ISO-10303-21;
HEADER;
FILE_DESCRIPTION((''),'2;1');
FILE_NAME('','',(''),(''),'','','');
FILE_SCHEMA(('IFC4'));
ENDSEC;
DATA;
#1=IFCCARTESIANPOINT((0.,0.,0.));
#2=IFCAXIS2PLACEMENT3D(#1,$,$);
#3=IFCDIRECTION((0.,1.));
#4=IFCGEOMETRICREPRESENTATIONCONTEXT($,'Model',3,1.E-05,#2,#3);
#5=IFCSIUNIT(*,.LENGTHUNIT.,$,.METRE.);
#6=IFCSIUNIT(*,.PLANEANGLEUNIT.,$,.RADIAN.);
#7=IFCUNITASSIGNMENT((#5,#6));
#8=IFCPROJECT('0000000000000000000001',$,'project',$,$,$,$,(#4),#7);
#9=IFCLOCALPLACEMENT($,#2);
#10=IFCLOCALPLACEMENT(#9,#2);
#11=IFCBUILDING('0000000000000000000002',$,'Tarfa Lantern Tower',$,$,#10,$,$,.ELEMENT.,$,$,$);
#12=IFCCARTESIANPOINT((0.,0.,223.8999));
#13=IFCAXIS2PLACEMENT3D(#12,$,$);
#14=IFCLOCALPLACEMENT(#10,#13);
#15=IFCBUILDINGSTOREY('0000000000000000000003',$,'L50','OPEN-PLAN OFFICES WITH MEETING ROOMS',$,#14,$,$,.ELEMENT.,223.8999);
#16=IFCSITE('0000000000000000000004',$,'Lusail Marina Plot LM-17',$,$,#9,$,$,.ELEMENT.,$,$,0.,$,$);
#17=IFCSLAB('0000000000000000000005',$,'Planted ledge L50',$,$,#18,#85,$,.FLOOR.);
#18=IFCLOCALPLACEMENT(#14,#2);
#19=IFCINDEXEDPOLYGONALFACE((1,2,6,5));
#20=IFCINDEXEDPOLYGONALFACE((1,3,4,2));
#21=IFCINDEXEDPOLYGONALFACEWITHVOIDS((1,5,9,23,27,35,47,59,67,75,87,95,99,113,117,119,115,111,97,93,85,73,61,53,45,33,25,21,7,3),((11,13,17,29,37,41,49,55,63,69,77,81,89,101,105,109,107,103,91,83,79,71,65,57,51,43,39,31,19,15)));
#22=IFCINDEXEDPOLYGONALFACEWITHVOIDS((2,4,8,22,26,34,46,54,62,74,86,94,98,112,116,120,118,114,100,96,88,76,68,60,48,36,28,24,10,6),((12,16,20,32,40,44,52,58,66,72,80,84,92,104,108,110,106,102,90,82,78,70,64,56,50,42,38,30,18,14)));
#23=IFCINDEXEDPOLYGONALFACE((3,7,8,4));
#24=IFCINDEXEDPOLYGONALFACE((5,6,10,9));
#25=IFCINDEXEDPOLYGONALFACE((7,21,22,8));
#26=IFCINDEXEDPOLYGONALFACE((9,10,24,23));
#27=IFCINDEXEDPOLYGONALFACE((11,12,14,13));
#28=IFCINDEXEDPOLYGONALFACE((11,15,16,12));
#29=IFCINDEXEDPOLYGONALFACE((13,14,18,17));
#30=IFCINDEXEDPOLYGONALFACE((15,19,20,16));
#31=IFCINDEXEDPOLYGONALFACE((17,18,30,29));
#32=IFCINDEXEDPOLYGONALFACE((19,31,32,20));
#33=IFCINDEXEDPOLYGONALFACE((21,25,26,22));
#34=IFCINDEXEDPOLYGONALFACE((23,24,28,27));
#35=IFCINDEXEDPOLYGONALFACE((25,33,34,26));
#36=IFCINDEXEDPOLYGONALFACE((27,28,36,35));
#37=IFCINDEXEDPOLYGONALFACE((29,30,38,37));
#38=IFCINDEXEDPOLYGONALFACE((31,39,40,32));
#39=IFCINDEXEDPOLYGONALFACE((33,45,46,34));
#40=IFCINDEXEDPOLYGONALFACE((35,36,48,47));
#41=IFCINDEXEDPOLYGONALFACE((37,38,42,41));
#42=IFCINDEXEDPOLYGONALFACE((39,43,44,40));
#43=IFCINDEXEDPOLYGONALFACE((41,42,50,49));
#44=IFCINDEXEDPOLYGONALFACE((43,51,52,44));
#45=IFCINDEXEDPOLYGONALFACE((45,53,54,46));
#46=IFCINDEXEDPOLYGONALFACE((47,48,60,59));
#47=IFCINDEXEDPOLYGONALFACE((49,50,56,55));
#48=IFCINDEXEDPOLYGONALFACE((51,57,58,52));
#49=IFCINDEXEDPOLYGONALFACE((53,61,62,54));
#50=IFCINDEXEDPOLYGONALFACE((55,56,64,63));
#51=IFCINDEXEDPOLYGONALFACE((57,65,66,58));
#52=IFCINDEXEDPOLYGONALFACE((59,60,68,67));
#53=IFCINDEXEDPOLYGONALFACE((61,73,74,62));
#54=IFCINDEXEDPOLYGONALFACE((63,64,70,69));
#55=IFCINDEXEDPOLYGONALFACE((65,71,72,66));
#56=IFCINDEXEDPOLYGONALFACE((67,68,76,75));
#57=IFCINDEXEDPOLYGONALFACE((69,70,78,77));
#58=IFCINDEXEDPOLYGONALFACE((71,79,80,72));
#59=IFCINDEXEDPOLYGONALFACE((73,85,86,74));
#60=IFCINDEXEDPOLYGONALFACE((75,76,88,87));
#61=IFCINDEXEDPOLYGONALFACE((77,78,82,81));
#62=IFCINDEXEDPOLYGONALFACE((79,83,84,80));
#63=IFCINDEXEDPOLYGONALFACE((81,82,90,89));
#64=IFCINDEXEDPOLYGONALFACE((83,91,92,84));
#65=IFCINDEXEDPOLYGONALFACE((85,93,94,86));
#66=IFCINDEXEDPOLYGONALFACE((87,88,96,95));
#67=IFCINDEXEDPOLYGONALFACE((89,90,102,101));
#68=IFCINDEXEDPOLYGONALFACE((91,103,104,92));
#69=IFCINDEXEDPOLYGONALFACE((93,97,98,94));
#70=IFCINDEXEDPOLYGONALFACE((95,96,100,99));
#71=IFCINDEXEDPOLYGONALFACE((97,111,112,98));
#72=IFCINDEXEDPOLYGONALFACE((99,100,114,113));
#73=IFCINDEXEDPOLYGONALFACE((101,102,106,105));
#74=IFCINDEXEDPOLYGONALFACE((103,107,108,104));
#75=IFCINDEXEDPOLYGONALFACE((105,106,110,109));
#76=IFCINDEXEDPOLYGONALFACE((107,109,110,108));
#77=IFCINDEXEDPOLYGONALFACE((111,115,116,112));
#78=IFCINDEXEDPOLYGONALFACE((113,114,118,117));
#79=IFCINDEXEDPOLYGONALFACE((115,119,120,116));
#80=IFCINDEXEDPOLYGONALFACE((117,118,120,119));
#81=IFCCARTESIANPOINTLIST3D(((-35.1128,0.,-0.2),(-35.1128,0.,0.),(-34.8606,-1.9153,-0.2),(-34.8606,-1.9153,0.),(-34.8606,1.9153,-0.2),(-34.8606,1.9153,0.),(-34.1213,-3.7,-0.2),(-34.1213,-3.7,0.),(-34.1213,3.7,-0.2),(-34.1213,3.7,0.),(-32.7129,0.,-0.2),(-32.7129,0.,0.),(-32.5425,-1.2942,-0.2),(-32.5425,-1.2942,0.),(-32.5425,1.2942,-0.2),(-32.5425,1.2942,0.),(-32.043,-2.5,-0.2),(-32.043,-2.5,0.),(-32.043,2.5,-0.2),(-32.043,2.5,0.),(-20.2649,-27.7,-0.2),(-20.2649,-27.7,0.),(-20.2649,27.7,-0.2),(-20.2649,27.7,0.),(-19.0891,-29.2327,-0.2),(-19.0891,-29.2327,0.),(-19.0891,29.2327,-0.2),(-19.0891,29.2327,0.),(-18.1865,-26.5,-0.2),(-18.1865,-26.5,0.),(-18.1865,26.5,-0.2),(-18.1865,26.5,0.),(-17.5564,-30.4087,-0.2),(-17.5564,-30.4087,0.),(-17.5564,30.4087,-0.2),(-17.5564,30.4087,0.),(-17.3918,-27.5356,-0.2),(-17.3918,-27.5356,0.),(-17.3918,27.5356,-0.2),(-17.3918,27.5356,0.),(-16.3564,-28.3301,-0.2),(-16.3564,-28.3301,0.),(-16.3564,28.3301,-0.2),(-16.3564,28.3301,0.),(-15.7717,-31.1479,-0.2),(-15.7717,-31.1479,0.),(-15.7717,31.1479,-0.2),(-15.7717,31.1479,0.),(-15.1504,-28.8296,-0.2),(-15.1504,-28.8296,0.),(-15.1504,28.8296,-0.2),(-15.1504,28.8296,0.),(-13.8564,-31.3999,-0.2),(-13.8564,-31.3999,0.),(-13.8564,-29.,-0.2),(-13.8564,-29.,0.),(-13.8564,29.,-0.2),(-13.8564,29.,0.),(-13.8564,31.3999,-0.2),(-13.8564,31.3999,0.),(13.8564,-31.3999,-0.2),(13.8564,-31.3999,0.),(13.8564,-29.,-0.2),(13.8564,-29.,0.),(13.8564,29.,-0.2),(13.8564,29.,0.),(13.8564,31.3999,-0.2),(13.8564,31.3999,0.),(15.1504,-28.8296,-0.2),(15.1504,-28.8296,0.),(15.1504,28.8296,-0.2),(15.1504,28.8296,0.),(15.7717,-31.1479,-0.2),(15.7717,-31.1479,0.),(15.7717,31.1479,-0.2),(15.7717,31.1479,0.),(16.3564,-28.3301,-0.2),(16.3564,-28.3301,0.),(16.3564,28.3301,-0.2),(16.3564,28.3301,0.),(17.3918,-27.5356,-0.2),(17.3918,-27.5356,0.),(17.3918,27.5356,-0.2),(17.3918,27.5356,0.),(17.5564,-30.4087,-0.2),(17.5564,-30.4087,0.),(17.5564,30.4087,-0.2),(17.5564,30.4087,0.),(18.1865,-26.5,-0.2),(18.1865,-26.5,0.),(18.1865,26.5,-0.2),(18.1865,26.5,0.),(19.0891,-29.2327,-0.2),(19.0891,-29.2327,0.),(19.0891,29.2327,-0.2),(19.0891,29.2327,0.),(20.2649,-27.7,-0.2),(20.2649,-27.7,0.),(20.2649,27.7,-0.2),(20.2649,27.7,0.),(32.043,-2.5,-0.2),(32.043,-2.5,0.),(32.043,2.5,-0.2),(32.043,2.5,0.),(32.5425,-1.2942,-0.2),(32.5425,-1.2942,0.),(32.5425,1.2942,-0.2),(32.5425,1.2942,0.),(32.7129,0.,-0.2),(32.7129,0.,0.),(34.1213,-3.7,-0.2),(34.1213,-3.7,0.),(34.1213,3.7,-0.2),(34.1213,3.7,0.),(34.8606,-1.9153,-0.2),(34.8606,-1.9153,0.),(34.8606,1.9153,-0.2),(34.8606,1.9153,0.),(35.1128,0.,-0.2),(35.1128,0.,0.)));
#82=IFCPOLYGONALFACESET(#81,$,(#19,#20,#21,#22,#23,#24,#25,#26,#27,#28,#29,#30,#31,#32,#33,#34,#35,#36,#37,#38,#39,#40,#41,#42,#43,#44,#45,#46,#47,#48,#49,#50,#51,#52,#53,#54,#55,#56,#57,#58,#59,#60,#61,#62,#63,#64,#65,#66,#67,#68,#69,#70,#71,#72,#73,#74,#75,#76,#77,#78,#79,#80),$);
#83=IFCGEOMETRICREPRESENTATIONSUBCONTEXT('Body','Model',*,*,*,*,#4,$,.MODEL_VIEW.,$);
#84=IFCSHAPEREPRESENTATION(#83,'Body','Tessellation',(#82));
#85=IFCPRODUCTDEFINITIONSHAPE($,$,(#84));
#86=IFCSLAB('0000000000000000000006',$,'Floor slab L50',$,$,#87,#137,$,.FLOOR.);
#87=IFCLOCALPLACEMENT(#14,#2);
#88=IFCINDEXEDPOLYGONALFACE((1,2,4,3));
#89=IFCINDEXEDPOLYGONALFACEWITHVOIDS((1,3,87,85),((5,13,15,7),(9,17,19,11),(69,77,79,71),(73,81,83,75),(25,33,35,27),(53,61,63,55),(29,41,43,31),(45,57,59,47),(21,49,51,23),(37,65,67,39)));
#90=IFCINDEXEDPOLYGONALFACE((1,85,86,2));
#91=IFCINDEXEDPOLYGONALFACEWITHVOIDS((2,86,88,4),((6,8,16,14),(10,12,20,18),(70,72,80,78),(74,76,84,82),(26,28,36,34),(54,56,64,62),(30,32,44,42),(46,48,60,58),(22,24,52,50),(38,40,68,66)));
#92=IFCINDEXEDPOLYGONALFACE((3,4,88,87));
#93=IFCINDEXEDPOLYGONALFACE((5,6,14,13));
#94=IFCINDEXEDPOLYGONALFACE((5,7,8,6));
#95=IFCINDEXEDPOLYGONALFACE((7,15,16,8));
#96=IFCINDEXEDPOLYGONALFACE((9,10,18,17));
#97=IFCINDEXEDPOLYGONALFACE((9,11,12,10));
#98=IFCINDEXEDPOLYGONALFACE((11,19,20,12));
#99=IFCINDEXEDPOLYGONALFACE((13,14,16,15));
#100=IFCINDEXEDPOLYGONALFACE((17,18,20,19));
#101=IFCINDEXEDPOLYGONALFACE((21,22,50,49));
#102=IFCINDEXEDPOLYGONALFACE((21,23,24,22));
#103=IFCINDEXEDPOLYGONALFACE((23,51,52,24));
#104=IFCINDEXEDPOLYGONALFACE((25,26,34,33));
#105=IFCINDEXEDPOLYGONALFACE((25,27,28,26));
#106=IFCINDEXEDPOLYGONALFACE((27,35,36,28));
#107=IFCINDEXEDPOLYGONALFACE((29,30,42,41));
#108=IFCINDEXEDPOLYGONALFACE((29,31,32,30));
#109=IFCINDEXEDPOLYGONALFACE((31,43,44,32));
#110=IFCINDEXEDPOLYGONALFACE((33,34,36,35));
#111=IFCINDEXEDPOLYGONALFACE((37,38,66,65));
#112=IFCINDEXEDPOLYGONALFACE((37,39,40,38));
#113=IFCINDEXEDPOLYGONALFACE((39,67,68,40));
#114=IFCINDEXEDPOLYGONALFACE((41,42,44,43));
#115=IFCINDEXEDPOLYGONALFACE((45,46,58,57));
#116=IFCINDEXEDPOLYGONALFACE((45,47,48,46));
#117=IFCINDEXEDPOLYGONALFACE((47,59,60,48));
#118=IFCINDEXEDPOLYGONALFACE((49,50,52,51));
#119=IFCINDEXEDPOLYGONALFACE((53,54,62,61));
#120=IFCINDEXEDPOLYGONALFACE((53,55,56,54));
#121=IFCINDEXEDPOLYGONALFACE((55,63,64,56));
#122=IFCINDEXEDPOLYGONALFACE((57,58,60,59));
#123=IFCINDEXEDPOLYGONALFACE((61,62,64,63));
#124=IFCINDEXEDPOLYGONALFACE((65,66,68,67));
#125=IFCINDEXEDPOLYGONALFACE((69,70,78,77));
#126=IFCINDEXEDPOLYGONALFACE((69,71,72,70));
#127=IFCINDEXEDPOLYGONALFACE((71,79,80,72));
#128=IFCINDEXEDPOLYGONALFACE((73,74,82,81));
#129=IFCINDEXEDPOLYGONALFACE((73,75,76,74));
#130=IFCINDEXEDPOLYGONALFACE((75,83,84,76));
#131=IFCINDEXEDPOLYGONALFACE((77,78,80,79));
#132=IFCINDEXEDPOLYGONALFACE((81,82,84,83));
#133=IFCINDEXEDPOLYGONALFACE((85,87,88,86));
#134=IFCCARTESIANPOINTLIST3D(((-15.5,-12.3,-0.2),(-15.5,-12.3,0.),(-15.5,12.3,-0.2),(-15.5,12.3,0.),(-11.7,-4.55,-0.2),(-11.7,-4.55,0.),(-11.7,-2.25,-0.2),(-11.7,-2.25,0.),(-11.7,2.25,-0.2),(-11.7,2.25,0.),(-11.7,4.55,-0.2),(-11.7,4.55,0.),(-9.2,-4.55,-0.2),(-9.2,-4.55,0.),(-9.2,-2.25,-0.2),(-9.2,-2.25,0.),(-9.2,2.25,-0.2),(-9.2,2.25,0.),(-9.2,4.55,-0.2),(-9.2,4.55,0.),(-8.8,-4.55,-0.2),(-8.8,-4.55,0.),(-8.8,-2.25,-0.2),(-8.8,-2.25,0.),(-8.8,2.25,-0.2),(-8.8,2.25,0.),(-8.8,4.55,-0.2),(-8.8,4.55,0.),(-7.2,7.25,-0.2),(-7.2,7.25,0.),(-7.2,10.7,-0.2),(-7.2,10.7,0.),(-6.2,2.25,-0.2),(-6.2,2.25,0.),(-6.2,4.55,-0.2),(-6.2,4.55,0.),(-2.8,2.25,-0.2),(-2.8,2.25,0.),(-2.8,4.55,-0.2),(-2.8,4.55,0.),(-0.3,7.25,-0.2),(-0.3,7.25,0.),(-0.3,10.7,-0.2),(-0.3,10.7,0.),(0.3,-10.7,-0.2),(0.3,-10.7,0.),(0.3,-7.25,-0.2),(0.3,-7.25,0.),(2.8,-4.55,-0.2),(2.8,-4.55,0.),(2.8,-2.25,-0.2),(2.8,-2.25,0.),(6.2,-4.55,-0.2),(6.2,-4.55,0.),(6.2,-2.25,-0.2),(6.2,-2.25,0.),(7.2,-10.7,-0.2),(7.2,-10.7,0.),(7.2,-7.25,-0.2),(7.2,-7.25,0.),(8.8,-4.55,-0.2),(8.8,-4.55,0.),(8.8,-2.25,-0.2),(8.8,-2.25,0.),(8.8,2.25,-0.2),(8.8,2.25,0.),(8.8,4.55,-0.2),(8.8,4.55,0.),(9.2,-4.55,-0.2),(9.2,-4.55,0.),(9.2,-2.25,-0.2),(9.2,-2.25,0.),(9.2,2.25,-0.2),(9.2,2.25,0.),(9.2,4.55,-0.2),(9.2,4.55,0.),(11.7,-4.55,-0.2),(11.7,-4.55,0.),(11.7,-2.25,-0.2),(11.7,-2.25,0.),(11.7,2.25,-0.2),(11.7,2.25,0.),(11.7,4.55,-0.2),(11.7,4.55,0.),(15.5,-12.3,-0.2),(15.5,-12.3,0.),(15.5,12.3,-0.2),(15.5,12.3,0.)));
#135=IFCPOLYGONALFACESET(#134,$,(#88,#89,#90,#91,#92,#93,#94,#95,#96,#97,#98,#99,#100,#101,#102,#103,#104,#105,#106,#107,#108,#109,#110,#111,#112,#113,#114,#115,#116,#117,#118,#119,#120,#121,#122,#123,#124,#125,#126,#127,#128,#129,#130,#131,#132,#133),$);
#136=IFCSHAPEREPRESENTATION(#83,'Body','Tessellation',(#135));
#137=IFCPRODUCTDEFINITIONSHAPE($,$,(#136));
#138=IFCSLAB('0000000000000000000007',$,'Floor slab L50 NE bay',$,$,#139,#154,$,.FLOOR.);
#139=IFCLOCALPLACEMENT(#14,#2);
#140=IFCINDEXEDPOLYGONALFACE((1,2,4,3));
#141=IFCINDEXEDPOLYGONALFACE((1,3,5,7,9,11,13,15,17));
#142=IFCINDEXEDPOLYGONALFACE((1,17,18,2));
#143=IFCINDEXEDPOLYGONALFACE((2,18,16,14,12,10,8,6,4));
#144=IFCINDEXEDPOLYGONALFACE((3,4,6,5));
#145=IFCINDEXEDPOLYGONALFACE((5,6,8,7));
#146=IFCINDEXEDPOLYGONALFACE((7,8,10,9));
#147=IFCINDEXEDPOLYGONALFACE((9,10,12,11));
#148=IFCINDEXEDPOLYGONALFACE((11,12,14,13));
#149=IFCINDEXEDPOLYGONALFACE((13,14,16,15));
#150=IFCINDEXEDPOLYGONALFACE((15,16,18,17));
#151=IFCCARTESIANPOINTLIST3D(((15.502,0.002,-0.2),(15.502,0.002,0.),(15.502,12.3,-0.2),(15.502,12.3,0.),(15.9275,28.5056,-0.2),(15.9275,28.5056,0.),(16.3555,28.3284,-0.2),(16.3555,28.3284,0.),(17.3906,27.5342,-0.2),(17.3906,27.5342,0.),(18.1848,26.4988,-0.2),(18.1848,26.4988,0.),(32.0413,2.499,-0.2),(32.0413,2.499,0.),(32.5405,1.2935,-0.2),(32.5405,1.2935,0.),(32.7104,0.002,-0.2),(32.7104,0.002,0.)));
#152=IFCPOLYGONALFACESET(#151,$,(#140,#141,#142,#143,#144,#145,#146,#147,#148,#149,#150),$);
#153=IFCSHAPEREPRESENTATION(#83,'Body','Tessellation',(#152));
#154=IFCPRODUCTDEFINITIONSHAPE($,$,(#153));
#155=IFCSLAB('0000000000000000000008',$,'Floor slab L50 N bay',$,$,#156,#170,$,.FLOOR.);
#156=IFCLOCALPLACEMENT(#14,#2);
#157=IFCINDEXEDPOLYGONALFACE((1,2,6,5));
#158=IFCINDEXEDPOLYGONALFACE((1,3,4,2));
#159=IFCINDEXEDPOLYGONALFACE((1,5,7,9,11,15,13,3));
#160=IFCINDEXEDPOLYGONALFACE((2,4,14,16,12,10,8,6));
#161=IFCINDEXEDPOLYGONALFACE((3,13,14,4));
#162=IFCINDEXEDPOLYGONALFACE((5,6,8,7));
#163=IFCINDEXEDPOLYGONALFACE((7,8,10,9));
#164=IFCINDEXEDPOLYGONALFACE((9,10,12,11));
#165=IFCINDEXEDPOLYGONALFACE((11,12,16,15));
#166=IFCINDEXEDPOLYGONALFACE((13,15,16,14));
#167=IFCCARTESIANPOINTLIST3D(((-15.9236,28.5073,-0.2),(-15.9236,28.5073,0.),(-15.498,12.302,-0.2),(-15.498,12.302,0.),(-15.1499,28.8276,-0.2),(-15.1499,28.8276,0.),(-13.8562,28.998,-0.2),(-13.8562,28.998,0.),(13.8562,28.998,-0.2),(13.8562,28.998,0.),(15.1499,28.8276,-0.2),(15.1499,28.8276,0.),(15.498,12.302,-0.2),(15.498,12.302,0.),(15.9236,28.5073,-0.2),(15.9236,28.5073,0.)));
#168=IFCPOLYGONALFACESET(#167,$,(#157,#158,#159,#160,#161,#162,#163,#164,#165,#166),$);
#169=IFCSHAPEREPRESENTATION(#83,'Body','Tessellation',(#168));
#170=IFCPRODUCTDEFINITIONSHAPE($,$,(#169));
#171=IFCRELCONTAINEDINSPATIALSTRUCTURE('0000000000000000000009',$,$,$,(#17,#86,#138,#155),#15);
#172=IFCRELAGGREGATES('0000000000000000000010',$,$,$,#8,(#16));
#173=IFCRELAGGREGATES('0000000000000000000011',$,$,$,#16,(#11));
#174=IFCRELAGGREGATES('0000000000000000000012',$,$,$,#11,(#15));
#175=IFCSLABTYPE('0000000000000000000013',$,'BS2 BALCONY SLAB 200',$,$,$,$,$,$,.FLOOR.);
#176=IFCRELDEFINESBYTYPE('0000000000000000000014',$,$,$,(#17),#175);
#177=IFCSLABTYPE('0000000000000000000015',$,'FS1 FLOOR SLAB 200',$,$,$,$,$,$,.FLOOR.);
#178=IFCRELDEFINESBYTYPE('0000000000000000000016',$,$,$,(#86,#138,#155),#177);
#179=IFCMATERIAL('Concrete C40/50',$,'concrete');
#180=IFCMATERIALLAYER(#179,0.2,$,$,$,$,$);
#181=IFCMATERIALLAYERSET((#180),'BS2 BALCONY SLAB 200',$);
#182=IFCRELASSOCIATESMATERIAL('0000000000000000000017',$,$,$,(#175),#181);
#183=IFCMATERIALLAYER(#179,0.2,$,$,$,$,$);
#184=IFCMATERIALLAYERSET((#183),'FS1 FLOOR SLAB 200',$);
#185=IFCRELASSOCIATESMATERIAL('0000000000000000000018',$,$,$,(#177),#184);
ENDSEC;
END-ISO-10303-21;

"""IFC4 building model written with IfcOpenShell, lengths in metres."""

from ifc_helpers import new_model, si_unit, direction, frame, origin, place, context, subcontext, project, spatial, polyline, outline, extrude, material, layer, layer_set, type_object, element, save


model = new_model("IFC4")

# Units and contexts
model_context = context("Model", 3, precision=1e-05, world=origin(), true_north=direction((0.0, 1.0)))
body_context = subcontext(model_context, "Body", "Model", "MODEL_VIEW")
ifc_project = project(units=[si_unit("LENGTHUNIT", "METRE"), si_unit("PLANEANGLEUNIT", "RADIAN")], contexts=[model_context])

# Site, building, storey
site_placement = place(None, origin())
site = spatial("IfcSite", under=ifc_project, at=site_placement, Name="Lusail Marina Plot LM-17", CompositionType="ELEMENT", RefElevation=0.0)
building_placement = place(site_placement, origin())
building = spatial("IfcBuilding", under=site, at=building_placement, Name="Tarfa Lantern Tower", CompositionType="ELEMENT")
storey_placement = place(building_placement, frame((0.0, 0.0, 223.8999)))
storey = spatial("IfcBuildingStorey", under=building, at=storey_placement, Name="L50", Description="OPEN-PLAN OFFICES WITH MEETING ROOMS", CompositionType="ELEMENT", Elevation=223.8999)

# Slabs
ifc_material_1 = material(Name="Concrete C40/50", Category="concrete")
ifc_layer_1 = layer(ifc_material_1, 0.2)
ifc_layer_set_1 = layer_set([ifc_layer_1], Name="BS2 BALCONY SLAB 200")
slab_type_1 = type_object("IfcSlabType", Name="BS2 BALCONY SLAB 200", PredefinedType="FLOOR", material=ifc_layer_set_1)
slab_1_placement = place(storey_placement, frame((0.0, 0.0, -0.2)))
element("IfcSlab", 1, at=slab_1_placement, inside=storey, type_object=slab_type_1, Name="Planted ledge L50", PredefinedType="FLOOR", context=body_context, shape_type="SweptSolid", body=[
    extrude(outline(polyline([(34.1213, 3.7), (20.2649, 27.7), (19.0891, 29.2327), (17.5564, 30.4087), (15.7717, 31.1479), (13.8564, 31.3999), (-13.8564, 31.3999), (-15.7717, 31.1479), (-17.5564, 30.4087), (-19.0891, 29.2327), (-20.2649, 27.7), (-34.1213, 3.7), (-34.8606, 1.9153), (-35.1128, 0.0), (-34.8606, -1.9153), (-34.1213, -3.7), (-20.2649, -27.7), (-19.0891, -29.2327), (-17.5564, -30.4087), (-15.7717, -31.1479), (-13.8564, -31.3999), (13.8564, -31.3999), (15.7717, -31.1479), (17.5564, -30.4087), (19.0891, -29.2327), (20.2649, -27.7), (34.1213, -3.7), (34.8606, -1.9153), (35.1128, 0.0), (34.8606, 1.9153), (34.1213, 3.7)]), holes=[polyline([(32.043, 2.5), (18.1865, 26.5), (17.3918, 27.5356), (16.3564, 28.3301), (15.1504, 28.8296), (13.8564, 29.0), (-13.8564, 29.0), (-15.1504, 28.8296), (-16.3564, 28.3301), (-17.3918, 27.5356), (-18.1865, 26.5), (-32.043, 2.5), (-32.5425, 1.2942), (-32.7129, 0.0), (-32.5425, -1.2942), (-32.043, -2.5), (-18.1865, -26.5), (-17.3918, -27.5356), (-16.3564, -28.3301), (-15.1504, -28.8296), (-13.8564, -29.0), (13.8564, -29.0), (15.1504, -28.8296), (16.3564, -28.3301), (17.3918, -27.5356), (18.1865, -26.5), (32.043, -2.5), (32.5425, -1.2942), (32.7129, 0.0), (32.5425, 1.2942), (32.043, 2.5)])]), origin(), (0.0, 0.0, 1.0), 0.2),
])
ifc_layer_2 = layer(ifc_material_1, 0.2)
ifc_layer_set_2 = layer_set([ifc_layer_2], Name="FS1 FLOOR SLAB 200")
slab_type_2 = type_object("IfcSlabType", Name="FS1 FLOOR SLAB 200", PredefinedType="FLOOR", material=ifc_layer_set_2)
slab_2_placement = place(storey_placement, frame((0.0, 0.0, -0.2)))
element("IfcSlab", 2, at=slab_2_placement, inside=storey, type_object=slab_type_2, Name="Floor slab L50", PredefinedType="FLOOR", context=body_context, shape_type="SweptSolid", body=[
    extrude(outline(polyline([(-15.5, -12.3), (15.5, -12.3), (15.5, 12.3), (-15.5, 12.3), (-15.5, -12.3)]), holes=[polyline([(-11.7, 2.25), (-9.2, 2.25), (-9.2, 4.55), (-11.7, 4.55), (-11.7, 2.25)]), polyline([(-8.8, 2.25), (-6.2, 2.25), (-6.2, 4.55), (-8.8, 4.55), (-8.8, 2.25)]), polyline([(-2.8, 2.25), (8.8, 2.25), (8.8, 4.55), (-2.8, 4.55), (-2.8, 2.25)]), polyline([(9.2, 2.25), (11.7, 2.25), (11.7, 4.55), (9.2, 4.55), (9.2, 2.25)]), polyline([(11.7, -2.25), (9.2, -2.25), (9.2, -4.55), (11.7, -4.55), (11.7, -2.25)]), polyline([(8.8, -2.25), (6.2, -2.25), (6.2, -4.55), (8.8, -4.55), (8.8, -2.25)]), polyline([(2.8, -2.25), (-8.8, -2.25), (-8.8, -4.55), (2.8, -4.55), (2.8, -2.25)]), polyline([(-9.2, -2.25), (-11.7, -2.25), (-11.7, -4.55), (-9.2, -4.55), (-9.2, -2.25)]), polyline([(-7.2, 7.25), (-0.3, 7.25), (-0.3, 10.7), (-7.2, 10.7), (-7.2, 7.25)]), polyline([(7.2, -7.25), (0.3, -7.25), (0.3, -10.7), (7.2, -10.7), (7.2, -7.25)])]), origin(), (0.0, 0.0, 1.0), 0.2),
])
slab_3_placement = place(storey_placement, frame((0.0, 0.0, -0.2)))
element("IfcSlab", 3, at=slab_3_placement, inside=storey, type_object=slab_type_2, Name="Floor slab L50 NE bay", PredefinedType="FLOOR", context=body_context, shape_type="SweptSolid", body=[
    extrude(outline(polyline([(32.0413, 2.499), (18.1848, 26.4988), (17.3906, 27.5342), (16.3555, 28.3284), (15.9275, 28.5056), (15.502, 12.3), (15.502, 0.002), (32.7104, 0.002), (32.5405, 1.2935), (32.0413, 2.499)])), origin(), (0.0, 0.0, 1.0), 0.2),
])
slab_4_placement = place(storey_placement, frame((0.0, 0.0, -0.2)))
element("IfcSlab", 4, at=slab_4_placement, inside=storey, type_object=slab_type_2, Name="Floor slab L50 N bay", PredefinedType="FLOOR", context=body_context, shape_type="SweptSolid", body=[
    extrude(outline(polyline([(-15.498, 12.302), (15.498, 12.302), (15.9236, 28.5073), (15.1499, 28.8276), (13.8562, 28.998), (-13.8562, 28.998), (-15.1499, 28.8276), (-15.9236, 28.5073), (-15.498, 12.302)])), origin(), (0.0, 0.0, 1.0), 0.2),
])

save(model, "model.ifc")
